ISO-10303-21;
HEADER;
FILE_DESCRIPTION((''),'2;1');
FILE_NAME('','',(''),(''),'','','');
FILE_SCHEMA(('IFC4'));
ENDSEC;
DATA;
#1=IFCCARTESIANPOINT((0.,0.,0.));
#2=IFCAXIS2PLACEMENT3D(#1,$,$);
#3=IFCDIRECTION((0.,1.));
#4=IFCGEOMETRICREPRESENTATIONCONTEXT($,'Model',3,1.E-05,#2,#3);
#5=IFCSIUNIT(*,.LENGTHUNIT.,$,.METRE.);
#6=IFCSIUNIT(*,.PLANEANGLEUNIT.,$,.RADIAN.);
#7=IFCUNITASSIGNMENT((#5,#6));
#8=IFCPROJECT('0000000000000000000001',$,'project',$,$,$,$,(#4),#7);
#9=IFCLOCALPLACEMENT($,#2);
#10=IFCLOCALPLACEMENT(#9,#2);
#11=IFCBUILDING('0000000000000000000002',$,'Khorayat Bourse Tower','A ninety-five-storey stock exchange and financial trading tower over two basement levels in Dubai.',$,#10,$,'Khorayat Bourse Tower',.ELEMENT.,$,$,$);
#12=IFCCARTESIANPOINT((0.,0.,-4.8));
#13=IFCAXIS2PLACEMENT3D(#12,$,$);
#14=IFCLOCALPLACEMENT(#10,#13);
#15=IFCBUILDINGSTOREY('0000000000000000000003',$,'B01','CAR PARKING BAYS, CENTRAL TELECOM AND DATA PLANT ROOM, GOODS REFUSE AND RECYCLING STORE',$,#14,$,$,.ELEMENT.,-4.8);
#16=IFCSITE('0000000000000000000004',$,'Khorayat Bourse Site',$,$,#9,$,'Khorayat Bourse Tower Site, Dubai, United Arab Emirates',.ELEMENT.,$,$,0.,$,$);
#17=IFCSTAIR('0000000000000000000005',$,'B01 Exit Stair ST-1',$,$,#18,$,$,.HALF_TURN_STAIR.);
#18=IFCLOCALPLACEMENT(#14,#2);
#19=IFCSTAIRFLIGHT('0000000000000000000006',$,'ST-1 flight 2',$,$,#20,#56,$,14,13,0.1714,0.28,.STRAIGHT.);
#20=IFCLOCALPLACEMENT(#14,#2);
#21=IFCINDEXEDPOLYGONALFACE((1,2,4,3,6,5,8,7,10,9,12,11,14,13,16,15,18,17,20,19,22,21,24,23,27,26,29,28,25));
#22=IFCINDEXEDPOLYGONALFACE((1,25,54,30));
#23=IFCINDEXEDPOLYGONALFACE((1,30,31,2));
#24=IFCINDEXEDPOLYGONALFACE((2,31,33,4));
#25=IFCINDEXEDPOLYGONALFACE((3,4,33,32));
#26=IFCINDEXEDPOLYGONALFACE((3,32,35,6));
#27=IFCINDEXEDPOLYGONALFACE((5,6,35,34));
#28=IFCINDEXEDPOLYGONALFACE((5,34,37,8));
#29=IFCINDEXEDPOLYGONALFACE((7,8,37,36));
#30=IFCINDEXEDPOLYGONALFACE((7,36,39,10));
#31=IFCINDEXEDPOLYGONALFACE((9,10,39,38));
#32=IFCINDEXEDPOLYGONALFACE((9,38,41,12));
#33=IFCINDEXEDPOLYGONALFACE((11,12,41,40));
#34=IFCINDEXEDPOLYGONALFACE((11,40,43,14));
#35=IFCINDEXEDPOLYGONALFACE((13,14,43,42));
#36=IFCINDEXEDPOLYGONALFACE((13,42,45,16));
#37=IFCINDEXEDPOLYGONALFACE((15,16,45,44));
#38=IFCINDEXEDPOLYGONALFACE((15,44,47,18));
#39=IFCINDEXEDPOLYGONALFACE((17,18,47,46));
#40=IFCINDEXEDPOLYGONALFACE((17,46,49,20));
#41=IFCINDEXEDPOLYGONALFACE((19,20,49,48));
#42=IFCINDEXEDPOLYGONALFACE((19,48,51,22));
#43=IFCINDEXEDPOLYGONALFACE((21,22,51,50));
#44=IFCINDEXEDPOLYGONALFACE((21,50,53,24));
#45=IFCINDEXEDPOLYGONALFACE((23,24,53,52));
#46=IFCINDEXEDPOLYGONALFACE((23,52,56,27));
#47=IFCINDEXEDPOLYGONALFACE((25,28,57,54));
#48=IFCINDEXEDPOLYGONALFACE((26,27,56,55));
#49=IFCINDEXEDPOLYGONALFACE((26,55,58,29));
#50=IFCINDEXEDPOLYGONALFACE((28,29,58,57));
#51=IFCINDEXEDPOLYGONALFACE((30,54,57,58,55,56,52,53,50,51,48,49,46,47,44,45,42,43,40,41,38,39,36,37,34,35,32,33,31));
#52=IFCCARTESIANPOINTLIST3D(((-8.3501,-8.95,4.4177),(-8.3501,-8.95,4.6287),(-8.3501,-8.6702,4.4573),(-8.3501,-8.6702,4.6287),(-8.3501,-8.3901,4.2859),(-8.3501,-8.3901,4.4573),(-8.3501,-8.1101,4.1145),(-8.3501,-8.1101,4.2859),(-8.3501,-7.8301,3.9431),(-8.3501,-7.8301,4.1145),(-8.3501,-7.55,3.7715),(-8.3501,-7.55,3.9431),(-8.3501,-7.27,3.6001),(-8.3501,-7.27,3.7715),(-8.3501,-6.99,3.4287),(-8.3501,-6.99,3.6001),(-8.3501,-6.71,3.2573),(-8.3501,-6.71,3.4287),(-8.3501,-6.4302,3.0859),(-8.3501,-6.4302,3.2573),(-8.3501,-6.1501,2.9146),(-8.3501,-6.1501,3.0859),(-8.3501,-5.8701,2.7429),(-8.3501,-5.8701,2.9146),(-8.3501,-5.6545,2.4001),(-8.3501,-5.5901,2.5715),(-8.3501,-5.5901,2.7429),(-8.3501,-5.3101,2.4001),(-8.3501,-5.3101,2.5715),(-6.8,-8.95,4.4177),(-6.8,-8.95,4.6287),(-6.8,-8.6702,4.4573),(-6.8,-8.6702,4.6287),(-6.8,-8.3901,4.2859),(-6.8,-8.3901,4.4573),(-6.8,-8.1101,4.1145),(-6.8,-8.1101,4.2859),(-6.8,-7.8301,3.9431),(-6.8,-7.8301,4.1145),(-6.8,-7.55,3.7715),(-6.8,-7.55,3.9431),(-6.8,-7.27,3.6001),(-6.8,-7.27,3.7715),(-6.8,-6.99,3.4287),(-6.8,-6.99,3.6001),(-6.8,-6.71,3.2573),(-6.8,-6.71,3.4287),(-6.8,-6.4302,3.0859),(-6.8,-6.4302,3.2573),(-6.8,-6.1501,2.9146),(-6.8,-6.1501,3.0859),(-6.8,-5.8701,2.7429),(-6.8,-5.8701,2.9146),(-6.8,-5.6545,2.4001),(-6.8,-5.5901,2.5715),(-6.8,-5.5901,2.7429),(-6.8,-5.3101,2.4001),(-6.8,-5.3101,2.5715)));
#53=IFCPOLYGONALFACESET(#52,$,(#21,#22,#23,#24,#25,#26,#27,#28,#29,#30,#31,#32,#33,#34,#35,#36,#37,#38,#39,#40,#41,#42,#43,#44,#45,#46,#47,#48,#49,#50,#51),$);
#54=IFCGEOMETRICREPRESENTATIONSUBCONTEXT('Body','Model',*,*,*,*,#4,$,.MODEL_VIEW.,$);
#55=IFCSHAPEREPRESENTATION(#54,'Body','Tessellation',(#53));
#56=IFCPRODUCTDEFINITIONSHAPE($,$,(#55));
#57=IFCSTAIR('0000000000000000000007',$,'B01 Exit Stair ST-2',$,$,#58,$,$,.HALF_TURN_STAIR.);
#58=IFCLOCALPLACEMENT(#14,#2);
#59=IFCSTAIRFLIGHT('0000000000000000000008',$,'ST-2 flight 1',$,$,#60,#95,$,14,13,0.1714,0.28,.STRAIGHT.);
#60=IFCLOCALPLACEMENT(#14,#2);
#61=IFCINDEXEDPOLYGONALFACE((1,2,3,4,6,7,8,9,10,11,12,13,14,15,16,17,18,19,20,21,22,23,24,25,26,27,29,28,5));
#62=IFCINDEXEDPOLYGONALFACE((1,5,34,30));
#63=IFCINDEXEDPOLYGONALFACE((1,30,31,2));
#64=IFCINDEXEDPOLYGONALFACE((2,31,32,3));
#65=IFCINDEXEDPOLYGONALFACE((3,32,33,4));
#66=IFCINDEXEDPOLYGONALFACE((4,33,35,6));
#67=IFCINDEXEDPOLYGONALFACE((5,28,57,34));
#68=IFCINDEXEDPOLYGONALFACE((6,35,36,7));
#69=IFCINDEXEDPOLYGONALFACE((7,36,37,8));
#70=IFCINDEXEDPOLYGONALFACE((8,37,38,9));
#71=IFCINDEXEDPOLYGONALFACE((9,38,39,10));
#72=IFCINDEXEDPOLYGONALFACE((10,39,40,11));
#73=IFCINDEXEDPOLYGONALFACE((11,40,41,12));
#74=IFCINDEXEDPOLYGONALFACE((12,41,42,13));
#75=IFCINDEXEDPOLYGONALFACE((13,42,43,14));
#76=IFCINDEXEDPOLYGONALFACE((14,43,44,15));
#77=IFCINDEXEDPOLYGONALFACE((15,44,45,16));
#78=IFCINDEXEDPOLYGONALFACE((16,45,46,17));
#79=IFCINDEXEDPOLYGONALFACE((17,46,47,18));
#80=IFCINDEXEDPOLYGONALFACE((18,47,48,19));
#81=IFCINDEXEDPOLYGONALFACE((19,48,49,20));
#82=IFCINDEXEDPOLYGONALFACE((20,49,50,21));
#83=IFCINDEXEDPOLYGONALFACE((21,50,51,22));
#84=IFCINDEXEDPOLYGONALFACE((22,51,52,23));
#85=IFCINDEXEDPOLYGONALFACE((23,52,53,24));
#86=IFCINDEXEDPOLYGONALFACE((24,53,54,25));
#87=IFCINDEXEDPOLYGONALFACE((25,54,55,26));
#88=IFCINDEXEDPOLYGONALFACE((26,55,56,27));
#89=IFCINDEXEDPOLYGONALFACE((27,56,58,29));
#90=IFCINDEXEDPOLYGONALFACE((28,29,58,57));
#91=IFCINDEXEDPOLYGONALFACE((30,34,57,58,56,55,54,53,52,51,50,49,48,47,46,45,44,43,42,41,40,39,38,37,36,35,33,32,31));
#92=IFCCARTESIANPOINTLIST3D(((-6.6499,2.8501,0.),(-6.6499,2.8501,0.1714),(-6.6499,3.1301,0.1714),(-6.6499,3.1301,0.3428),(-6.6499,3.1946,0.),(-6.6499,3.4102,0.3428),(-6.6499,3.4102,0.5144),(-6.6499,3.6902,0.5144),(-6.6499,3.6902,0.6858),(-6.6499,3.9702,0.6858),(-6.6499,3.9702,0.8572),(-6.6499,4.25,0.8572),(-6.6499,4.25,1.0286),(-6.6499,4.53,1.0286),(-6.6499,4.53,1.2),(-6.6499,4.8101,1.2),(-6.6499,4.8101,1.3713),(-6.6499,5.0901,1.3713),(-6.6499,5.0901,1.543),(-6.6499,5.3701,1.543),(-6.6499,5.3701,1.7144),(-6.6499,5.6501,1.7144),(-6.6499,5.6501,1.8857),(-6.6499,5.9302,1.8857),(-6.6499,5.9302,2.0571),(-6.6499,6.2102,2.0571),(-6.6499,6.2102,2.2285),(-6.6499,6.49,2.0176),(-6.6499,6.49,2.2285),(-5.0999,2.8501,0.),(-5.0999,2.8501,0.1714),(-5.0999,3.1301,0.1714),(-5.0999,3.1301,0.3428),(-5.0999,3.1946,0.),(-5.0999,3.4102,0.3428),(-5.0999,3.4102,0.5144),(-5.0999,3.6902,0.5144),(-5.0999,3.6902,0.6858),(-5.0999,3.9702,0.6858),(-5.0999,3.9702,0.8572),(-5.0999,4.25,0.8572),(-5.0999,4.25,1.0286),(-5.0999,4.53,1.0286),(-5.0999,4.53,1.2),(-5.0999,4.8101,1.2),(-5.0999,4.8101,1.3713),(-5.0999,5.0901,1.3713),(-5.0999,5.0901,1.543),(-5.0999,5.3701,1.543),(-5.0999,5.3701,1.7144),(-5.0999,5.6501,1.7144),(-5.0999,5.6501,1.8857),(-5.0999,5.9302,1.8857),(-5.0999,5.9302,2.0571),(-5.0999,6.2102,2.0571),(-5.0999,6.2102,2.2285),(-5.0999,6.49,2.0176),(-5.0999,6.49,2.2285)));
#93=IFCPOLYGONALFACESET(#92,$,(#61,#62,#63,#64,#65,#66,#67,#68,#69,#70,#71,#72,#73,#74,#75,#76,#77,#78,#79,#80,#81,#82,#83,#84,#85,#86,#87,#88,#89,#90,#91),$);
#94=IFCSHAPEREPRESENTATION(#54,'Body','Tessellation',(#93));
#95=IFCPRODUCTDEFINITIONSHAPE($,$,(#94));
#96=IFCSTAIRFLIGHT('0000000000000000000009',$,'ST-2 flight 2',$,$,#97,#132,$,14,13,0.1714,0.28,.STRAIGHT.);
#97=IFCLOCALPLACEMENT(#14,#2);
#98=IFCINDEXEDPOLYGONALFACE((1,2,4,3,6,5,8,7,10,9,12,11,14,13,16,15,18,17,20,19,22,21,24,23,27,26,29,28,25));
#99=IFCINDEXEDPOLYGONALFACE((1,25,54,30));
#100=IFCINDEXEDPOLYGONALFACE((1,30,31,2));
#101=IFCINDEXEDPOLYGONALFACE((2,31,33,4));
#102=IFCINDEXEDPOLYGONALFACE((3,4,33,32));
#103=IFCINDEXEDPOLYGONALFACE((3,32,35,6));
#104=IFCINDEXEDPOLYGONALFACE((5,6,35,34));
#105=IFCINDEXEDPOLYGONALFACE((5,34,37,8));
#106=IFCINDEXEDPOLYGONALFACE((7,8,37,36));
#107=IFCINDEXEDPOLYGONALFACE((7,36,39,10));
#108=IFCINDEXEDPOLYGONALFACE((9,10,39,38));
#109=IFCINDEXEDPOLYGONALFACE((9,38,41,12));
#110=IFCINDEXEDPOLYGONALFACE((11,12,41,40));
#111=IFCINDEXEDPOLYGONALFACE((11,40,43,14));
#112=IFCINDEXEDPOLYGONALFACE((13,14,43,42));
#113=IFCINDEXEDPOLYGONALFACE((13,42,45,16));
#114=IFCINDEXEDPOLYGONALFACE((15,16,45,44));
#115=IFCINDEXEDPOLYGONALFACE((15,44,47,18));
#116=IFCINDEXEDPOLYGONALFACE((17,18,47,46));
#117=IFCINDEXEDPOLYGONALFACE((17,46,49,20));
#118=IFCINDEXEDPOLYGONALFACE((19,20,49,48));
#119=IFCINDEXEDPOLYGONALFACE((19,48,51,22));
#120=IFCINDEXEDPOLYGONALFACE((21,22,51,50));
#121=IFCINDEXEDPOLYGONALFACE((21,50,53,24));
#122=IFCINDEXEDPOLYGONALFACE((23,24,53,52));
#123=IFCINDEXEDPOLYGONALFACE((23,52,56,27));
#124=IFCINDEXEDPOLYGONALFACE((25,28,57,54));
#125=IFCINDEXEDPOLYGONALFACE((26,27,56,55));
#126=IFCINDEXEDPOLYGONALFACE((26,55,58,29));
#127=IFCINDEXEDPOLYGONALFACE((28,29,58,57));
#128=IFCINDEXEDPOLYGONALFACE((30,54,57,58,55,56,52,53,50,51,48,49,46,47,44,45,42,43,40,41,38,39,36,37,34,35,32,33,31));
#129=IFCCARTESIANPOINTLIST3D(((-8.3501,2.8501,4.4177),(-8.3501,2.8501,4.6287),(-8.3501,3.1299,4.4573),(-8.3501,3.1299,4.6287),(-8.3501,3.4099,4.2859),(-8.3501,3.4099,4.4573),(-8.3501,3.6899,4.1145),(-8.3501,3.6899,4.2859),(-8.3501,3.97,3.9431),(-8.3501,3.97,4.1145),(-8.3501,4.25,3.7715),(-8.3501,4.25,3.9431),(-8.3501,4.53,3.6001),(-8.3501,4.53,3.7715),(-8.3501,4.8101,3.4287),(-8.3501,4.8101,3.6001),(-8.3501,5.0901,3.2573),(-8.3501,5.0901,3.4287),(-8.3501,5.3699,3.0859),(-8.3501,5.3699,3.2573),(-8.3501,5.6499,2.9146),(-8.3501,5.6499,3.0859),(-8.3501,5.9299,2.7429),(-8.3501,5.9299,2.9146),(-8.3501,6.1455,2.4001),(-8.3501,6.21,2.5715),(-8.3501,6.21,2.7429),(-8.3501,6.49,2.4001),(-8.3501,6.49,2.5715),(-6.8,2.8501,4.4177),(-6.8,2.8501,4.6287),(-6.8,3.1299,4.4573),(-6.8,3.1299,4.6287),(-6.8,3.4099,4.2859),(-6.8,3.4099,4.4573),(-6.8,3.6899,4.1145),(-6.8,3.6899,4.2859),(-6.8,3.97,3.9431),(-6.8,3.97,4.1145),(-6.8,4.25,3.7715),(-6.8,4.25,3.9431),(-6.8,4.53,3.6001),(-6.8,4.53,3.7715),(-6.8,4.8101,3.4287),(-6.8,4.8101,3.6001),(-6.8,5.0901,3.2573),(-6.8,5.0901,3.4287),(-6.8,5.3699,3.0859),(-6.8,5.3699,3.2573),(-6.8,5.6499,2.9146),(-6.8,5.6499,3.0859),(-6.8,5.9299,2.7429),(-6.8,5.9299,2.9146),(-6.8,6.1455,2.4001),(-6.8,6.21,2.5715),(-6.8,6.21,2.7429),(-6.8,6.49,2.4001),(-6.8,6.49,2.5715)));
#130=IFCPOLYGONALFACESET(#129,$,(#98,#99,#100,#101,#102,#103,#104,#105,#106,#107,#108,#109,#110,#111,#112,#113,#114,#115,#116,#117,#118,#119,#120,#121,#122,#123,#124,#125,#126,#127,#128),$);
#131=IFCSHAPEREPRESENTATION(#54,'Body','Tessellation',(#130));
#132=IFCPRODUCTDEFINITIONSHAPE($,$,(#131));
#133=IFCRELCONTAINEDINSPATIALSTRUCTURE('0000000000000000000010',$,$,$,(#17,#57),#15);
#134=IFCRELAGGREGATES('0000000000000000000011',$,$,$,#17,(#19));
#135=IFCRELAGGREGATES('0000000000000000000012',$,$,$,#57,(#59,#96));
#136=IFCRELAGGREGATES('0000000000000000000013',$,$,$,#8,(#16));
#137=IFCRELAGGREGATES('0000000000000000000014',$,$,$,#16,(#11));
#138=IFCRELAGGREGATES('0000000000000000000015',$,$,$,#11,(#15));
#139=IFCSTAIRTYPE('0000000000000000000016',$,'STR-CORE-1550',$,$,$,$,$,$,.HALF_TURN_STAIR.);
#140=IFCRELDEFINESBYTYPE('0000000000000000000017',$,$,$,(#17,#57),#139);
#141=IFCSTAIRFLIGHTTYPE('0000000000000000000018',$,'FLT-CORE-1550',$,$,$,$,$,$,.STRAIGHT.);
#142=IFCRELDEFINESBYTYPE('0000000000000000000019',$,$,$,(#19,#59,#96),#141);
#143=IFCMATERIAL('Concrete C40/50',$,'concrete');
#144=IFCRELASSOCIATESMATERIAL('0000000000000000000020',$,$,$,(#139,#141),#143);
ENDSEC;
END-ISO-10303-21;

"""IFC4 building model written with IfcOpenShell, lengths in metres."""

from ifc_helpers import new_model, si_unit, direction, frame, origin, place, context, subcontext, project, spatial, polyline, outline, extrude, source, transform, mapped, material, type_object, element, aggregate, save


model = new_model("IFC4")

# Units and contexts
model_context = context("Model", 3, precision=1e-05, world=origin(), true_north=direction((0.0, 1.0)))
body_context = subcontext(model_context, "Body", "Model", "MODEL_VIEW")
ifc_project = project(units=[si_unit("LENGTHUNIT", "METRE"), si_unit("PLANEANGLEUNIT", "RADIAN")], contexts=[model_context])

# Site, building, storey
site_placement = place(None, origin())
site = spatial("IfcSite", under=ifc_project, at=site_placement, Name="Khorayat Bourse Site", LongName="Khorayat Bourse Tower Site, Dubai, United Arab Emirates", CompositionType="ELEMENT", RefElevation=0.0)
building_placement = place(site_placement, origin())
building = spatial("IfcBuilding", under=site, at=building_placement, Name="Khorayat Bourse Tower", Description="A ninety-five-storey stock exchange and financial trading tower over two basement levels in Dubai.", LongName="Khorayat Bourse Tower", CompositionType="ELEMENT")
storey_placement = place(building_placement, frame((0.0, 0.0, -4.8)))
storey = spatial("IfcBuildingStorey", under=building, at=storey_placement, Name="B01", Description="CAR PARKING BAYS, CENTRAL TELECOM AND DATA PLANT ROOM, GOODS REFUSE AND RECYCLING STORE", CompositionType="ELEMENT", Elevation=-4.8)

# Stair, stair flight
ifc_material_1 = material(Name="Concrete C40/50", Category="concrete")
stair_type = type_object("IfcStairType", Name="STR-CORE-1550", PredefinedType="HALF_TURN_STAIR", material=ifc_material_1)
stair_1_placement = place(storey_placement, origin())
stair_1 = element("IfcStair", 1, at=stair_1_placement, inside=storey, type_object=stair_type, Name="B01 Exit Stair ST-1", PredefinedType="HALF_TURN_STAIR")
stair_flight_type = type_object("IfcStairFlightType", Name="FLT-CORE-1550", PredefinedType="STRAIGHT", material=ifc_material_1)
shared_shape_1 = source(origin(), body_context, "Body", "SweptSolid", [
    extrude(outline(polyline([(0.0, 0.0), (0.0, 0.1714), (0.28, 0.1714), (0.28, 0.3428), (0.5601, 0.3428), (0.5601, 0.5144), (0.8401, 0.5144), (0.8401, 0.6858), (1.1201, 0.6858), (1.1201, 0.8572), (1.3999, 0.8572), (1.3999, 1.0286), (1.6799, 1.0286), (1.6799, 1.2), (1.96, 1.2), (1.96, 1.3713), (2.24, 1.3713), (2.24, 1.543), (2.52, 1.543), (2.52, 1.7144), (2.8, 1.7144), (2.8, 1.8857), (3.0801, 1.8857), (3.0801, 2.0571), (3.3601, 2.0571), (3.3601, 2.2285), (3.6399, 2.2285), (3.6399, 2.3999), (3.6399, 2.0176), (0.3445, 0.0), (0.0, 0.0)])), frame((0.0, 0.7749, 0.0), z_axis=(0.0, -1.0, 0.0), x_axis=(1.0, 0.0, 0.0)), (0.0, 0.0, 1.0), 1.55),
])
stair_flight_1_placement = place(storey_placement, frame((-7.575, -5.3101, 2.4001), z_axis=(0.0, 0.0, 1.0), x_axis=(0.0, -1.0, 0.0)))
stair_flight_1 = element("IfcStairFlight", 2, at=stair_flight_1_placement, type_object=stair_flight_type, Name="ST-1 flight 2", NumberOfRisers=14, NumberOfTreads=13, PredefinedType="STRAIGHT", RiserHeight=0.1714, TreadLength=0.28, context=body_context, shape_type="MappedRepresentation", body=[
    mapped(shared_shape_1, transform((0.0, 0.0, 0.0), scale=1.0)),
])
aggregate(stair_1, [stair_flight_1])

# Stair, stair flights
stair_2_placement = place(storey_placement, origin())
stair_2 = element("IfcStair", 3, at=stair_2_placement, inside=storey, type_object=stair_type, Name="B01 Exit Stair ST-2", PredefinedType="HALF_TURN_STAIR")
stair_flight_2_placement = place(storey_placement, frame((-5.875, 2.8501, 0.0), z_axis=(0.0, 0.0, 1.0), x_axis=(0.0, 1.0, 0.0)))
stair_flight_2 = element("IfcStairFlight", 4, at=stair_flight_2_placement, type_object=stair_flight_type, Name="ST-2 flight 1", NumberOfRisers=14, NumberOfTreads=13, PredefinedType="STRAIGHT", RiserHeight=0.1714, TreadLength=0.28, context=body_context, shape_type="MappedRepresentation", body=[
    mapped(shared_shape_1, transform((0.0, 0.0, 0.0), scale=1.0)),
])
stair_flight_3_placement = place(storey_placement, frame((-7.575, 6.49, 2.4001), z_axis=(0.0, 0.0, 1.0), x_axis=(0.0, -1.0, 0.0)))
stair_flight_3 = element("IfcStairFlight", 5, at=stair_flight_3_placement, type_object=stair_flight_type, Name="ST-2 flight 2", NumberOfRisers=14, NumberOfTreads=13, PredefinedType="STRAIGHT", RiserHeight=0.1714, TreadLength=0.28, context=body_context, shape_type="MappedRepresentation", body=[
    mapped(shared_shape_1, transform((0.0, 0.0, 0.0), scale=1.0)),
])
aggregate(stair_2, [stair_flight_2, stair_flight_3])

save(model, "model.ifc")
